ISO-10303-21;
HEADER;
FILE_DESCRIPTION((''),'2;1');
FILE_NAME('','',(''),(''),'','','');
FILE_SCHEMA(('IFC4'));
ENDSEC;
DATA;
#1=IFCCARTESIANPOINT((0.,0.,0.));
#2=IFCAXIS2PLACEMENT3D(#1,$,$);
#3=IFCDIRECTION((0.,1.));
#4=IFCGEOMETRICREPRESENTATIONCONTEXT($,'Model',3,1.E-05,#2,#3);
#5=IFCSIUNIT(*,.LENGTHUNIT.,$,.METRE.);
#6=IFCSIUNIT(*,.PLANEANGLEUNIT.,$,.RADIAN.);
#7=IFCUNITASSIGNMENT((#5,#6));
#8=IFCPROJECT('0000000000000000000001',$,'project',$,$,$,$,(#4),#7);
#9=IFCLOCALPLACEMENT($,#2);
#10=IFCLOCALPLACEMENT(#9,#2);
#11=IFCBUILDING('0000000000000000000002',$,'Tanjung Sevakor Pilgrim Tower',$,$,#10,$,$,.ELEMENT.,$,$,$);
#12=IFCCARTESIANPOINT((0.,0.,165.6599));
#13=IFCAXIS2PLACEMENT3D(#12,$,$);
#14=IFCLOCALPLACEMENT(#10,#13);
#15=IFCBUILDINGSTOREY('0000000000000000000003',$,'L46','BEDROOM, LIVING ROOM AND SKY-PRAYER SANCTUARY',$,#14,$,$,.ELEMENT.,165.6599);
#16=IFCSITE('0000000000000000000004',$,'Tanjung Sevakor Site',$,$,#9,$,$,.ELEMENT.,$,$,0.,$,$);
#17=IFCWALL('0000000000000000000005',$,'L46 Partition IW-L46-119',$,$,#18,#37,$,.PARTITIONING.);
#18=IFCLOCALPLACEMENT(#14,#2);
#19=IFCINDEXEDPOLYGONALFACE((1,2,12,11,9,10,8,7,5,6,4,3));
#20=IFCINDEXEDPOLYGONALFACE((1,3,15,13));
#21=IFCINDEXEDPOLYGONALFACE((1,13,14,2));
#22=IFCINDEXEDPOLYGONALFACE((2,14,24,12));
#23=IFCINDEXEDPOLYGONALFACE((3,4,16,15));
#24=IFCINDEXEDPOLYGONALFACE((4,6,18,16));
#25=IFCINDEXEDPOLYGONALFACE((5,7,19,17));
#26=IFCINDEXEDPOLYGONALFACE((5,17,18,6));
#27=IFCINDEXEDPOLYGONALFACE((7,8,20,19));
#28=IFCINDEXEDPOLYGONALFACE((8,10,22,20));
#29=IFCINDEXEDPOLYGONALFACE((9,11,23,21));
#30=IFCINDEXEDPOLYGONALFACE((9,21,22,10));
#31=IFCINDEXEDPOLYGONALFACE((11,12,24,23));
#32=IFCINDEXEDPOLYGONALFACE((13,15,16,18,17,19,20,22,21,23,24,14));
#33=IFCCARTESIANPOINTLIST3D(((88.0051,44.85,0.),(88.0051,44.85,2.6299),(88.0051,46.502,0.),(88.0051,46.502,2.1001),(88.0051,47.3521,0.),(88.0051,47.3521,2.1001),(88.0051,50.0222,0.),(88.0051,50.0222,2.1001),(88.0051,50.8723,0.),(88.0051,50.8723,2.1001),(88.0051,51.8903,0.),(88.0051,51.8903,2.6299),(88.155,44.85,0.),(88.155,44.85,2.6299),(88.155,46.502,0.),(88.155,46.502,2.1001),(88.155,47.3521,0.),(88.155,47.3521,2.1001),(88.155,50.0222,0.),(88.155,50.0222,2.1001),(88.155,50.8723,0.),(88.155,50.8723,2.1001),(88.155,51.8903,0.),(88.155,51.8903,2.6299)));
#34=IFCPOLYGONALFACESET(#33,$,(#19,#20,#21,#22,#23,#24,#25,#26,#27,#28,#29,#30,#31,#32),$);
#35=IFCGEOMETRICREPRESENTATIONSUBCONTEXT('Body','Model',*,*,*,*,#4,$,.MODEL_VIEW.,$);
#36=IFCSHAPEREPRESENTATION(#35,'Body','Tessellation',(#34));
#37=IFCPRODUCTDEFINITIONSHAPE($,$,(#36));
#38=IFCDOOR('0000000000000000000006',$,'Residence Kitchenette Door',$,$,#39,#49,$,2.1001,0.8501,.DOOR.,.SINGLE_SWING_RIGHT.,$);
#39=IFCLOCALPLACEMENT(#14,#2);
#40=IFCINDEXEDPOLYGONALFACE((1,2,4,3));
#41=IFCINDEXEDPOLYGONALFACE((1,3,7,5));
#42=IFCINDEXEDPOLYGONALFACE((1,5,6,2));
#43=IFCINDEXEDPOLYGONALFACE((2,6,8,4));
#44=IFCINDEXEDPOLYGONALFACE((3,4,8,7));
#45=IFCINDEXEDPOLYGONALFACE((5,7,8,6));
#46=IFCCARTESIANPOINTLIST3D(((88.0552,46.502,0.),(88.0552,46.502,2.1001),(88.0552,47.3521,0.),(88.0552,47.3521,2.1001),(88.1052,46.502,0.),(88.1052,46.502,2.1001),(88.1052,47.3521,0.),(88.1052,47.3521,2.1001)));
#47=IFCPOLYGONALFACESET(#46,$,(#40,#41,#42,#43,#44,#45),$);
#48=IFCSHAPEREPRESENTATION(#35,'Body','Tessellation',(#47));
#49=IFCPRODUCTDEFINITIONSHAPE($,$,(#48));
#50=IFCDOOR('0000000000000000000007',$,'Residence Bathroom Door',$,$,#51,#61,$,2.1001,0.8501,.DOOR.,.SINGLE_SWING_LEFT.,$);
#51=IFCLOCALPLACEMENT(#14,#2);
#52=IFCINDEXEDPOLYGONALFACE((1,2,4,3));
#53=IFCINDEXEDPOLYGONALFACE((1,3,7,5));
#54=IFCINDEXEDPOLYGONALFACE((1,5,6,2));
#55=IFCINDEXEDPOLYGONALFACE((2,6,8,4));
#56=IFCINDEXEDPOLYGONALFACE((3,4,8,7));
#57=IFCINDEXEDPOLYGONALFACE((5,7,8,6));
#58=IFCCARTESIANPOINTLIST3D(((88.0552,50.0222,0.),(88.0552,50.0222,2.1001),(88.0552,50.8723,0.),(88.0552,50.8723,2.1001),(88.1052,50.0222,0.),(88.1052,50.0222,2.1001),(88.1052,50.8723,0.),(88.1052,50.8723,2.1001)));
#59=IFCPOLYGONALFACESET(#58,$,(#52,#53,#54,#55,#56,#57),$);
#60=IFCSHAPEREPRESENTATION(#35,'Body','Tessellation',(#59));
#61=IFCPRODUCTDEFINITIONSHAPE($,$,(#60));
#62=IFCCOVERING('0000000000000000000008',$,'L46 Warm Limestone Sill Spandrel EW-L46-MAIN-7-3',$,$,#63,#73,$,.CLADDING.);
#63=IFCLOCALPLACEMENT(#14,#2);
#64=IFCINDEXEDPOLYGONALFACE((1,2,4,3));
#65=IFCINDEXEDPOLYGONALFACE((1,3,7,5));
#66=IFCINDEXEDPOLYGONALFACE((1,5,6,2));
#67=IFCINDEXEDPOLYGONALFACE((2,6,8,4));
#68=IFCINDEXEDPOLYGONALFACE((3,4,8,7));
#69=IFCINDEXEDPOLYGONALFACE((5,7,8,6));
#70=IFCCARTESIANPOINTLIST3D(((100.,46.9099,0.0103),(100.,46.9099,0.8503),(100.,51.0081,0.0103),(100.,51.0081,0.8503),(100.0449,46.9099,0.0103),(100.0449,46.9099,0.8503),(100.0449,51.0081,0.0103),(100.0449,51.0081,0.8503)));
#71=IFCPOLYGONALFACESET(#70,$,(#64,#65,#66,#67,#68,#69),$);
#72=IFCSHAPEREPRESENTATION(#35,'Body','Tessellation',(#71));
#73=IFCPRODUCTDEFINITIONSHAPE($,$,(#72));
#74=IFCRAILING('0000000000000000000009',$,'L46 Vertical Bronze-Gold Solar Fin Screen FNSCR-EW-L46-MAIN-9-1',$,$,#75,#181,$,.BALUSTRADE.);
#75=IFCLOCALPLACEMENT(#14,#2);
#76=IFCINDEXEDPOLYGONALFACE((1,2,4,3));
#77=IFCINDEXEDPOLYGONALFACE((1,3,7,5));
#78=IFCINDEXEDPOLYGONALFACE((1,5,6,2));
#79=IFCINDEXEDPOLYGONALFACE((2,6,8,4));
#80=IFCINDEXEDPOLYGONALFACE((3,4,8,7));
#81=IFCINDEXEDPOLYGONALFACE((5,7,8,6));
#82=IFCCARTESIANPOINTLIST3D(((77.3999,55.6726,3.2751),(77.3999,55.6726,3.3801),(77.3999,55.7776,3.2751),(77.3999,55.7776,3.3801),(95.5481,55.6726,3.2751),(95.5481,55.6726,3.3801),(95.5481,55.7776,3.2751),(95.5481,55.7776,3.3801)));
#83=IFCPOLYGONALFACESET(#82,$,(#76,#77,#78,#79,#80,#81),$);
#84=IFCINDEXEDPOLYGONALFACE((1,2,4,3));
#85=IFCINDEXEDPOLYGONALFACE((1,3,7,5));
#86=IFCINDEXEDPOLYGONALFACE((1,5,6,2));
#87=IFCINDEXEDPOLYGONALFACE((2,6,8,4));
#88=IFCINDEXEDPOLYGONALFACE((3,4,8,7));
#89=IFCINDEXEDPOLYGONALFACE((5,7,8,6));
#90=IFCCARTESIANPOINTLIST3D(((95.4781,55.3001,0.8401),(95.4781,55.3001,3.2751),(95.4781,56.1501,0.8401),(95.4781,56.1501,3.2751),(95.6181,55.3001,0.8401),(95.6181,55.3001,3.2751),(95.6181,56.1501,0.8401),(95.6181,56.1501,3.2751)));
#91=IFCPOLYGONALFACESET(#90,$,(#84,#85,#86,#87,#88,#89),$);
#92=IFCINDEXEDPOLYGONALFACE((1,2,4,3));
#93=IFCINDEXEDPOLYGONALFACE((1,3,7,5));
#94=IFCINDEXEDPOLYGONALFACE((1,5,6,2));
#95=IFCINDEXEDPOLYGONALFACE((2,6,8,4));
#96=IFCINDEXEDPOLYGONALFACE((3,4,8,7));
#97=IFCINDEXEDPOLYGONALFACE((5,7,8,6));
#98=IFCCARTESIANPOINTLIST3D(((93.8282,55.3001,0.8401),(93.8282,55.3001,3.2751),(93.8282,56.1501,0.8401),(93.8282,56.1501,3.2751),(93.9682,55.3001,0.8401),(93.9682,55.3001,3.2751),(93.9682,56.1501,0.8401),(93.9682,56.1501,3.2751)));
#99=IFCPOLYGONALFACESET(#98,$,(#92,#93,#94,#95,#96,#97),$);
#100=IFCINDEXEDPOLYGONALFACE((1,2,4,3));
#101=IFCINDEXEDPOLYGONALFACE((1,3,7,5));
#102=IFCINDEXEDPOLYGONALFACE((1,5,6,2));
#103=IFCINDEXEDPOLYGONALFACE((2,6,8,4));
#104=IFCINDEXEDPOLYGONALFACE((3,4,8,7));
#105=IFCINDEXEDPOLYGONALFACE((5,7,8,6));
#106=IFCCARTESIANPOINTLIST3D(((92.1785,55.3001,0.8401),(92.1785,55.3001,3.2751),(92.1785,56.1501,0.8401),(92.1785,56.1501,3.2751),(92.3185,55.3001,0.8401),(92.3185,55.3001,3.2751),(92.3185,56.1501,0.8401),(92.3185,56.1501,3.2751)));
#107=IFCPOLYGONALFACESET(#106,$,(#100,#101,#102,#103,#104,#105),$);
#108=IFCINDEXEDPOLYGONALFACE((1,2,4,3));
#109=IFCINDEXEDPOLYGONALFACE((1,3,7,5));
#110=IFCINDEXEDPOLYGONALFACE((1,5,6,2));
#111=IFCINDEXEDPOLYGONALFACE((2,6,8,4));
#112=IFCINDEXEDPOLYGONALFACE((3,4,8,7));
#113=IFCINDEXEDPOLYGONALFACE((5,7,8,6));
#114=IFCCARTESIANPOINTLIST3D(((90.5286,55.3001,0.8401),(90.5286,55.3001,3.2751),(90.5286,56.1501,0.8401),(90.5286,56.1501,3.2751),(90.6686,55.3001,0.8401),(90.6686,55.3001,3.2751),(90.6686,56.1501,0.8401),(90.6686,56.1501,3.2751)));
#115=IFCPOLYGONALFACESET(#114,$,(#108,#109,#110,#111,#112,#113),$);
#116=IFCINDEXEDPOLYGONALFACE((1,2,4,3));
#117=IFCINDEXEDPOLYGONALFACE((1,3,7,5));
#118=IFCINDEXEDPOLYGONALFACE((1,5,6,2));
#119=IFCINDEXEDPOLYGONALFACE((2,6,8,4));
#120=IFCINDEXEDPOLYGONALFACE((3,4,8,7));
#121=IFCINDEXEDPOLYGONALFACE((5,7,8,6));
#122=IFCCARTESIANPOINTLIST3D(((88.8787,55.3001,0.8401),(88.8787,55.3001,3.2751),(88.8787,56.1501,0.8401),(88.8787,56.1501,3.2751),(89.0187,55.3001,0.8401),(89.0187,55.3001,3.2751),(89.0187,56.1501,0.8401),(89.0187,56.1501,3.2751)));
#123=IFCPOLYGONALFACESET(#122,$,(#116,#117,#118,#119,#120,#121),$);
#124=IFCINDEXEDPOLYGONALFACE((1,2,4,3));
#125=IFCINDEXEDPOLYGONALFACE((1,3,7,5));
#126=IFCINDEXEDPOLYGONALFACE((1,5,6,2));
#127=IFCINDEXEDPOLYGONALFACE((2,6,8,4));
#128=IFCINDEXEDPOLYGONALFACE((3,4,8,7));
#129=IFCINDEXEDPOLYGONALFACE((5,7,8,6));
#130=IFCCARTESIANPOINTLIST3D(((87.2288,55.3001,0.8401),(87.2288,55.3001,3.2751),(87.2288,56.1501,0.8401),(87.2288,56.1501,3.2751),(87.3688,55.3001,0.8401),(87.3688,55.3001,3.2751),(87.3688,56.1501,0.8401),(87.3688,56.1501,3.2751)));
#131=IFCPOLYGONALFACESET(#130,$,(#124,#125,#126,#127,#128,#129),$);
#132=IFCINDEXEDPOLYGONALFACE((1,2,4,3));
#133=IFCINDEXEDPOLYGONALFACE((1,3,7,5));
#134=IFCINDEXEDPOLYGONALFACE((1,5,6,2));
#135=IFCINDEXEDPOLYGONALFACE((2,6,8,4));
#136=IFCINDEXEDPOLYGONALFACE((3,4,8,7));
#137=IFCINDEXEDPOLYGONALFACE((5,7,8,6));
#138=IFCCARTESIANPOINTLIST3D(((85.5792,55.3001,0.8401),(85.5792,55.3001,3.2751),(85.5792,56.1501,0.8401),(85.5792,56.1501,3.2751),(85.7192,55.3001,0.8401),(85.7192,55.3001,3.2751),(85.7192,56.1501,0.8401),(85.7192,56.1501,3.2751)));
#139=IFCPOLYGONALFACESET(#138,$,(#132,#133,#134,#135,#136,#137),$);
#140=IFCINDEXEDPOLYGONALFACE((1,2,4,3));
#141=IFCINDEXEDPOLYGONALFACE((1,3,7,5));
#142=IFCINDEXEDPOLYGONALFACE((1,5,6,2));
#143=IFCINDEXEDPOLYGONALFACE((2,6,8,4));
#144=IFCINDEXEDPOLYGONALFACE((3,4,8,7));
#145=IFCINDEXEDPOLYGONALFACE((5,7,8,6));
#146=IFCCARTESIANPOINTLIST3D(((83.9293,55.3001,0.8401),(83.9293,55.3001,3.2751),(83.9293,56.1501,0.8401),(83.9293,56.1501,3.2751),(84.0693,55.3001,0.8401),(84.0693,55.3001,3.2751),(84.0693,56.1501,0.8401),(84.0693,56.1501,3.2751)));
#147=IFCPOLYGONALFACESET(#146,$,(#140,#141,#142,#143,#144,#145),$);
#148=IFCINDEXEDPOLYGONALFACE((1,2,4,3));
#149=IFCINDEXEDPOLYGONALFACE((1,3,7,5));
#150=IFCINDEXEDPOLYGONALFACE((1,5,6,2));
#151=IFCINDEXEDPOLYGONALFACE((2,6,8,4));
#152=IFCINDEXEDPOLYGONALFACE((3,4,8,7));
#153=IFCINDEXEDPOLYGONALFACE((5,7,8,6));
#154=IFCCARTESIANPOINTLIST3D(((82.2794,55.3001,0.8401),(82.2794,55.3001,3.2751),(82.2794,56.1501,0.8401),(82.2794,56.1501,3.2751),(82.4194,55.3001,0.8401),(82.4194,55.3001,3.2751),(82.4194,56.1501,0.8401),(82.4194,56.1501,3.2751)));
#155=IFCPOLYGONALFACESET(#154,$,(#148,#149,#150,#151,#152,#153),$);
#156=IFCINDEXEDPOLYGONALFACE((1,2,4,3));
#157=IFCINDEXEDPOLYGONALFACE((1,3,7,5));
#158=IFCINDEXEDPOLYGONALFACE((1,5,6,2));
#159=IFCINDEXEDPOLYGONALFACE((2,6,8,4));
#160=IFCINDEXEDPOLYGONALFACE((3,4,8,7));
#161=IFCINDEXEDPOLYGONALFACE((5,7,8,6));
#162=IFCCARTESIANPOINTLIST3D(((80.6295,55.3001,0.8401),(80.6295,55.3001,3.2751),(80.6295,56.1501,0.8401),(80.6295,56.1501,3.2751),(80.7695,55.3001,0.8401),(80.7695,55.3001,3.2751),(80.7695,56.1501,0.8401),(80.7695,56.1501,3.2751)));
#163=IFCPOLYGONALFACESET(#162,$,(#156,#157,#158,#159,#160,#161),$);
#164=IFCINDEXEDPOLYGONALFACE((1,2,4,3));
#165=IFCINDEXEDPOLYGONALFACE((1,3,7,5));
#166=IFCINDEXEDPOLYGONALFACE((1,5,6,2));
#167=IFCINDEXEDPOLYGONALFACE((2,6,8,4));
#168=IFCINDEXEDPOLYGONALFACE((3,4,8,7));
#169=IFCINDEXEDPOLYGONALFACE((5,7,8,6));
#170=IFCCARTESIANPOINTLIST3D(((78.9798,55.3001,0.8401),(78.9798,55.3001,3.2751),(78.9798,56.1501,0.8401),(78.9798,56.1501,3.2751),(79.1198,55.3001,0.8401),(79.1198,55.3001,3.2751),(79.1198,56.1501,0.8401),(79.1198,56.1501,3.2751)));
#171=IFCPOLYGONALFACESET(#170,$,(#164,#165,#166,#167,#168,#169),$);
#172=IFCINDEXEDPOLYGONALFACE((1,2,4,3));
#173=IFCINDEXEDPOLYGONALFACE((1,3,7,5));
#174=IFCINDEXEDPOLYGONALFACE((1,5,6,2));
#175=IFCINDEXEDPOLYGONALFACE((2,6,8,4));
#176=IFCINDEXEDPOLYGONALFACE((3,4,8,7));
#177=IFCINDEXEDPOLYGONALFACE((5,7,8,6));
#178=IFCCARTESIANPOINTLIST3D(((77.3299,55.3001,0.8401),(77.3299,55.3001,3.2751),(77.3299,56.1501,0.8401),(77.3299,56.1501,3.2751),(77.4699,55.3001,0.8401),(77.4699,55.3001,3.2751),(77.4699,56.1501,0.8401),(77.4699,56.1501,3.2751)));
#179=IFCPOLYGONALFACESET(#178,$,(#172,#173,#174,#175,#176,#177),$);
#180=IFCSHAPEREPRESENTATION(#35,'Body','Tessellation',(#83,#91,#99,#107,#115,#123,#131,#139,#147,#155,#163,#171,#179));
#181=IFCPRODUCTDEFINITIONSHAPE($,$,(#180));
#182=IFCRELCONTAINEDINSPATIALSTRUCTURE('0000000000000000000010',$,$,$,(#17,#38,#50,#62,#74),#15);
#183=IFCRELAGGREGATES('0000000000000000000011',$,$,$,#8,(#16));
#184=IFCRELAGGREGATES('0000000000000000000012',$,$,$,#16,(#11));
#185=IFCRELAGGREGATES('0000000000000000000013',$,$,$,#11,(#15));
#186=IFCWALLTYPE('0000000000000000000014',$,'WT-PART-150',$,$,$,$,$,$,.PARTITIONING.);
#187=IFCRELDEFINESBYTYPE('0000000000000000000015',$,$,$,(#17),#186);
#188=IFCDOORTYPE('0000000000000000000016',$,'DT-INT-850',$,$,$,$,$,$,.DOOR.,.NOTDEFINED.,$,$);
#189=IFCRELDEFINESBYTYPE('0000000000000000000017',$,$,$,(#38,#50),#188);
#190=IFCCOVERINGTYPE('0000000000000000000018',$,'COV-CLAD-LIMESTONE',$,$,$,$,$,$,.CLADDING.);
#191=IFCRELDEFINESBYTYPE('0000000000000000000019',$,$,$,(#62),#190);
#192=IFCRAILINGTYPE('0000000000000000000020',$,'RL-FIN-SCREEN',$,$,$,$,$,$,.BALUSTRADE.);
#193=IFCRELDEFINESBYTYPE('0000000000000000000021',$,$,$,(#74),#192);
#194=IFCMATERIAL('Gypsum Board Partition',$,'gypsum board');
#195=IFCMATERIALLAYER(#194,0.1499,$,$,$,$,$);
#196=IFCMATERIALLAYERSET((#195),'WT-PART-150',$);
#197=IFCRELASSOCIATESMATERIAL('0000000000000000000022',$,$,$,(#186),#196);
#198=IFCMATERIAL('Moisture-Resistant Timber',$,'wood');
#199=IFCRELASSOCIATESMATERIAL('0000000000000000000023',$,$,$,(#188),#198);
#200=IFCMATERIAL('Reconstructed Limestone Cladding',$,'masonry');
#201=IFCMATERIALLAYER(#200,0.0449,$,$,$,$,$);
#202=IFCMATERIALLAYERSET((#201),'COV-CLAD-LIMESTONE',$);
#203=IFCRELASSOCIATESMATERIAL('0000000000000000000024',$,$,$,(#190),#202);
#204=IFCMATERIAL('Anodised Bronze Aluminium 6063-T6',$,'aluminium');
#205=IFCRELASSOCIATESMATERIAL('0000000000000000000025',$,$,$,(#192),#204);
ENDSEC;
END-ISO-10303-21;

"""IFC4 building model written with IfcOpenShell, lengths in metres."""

from ifc_helpers import new_model, si_unit, direction, frame, frame_2d, origin, origin_2d, place, context, subcontext, project, spatial, rectangle, extrude, material, layer, layer_set, type_object, element, fill, save


model = new_model("IFC4")

# Units and contexts
model_context = context("Model", 3, precision=1e-05, world=origin(), true_north=direction((0.0, 1.0)))
body_context = subcontext(model_context, "Body", "Model", "MODEL_VIEW")
ifc_project = project(units=[si_unit("LENGTHUNIT", "METRE"), si_unit("PLANEANGLEUNIT", "RADIAN")], contexts=[model_context])

# Site, building, storey
site_placement = place(None, origin())
site = spatial("IfcSite", under=ifc_project, at=site_placement, Name="Tanjung Sevakor Site", CompositionType="ELEMENT", RefElevation=0.0)
building_placement = place(site_placement, origin())
building = spatial("IfcBuilding", under=site, at=building_placement, Name="Tanjung Sevakor Pilgrim Tower", CompositionType="ELEMENT")
storey_placement = place(building_placement, frame((0.0, 0.0, 165.6599)))
storey = spatial("IfcBuildingStorey", under=building, at=storey_placement, Name="L46", Description="BEDROOM, LIVING ROOM AND SKY-PRAYER SANCTUARY", CompositionType="ELEMENT", Elevation=165.6599)

# Wall, openings, doors
ifc_material_1 = material(Name="Gypsum Board Partition", Category="gypsum board")
ifc_layer_1 = layer(ifc_material_1, 0.1499)
ifc_layer_set_1 = layer_set([ifc_layer_1], Name="WT-PART-150")
wall_type_1 = type_object("IfcWallType", Name="WT-PART-150", PredefinedType="PARTITIONING", material=ifc_layer_set_1)
wall_1_placement = place(storey_placement, frame((88.0801, 44.8501, 0.0), z_axis=(0.0, 0.0, 1.0), x_axis=(0.0, 1.0, 0.0)))
wall_1 = element("IfcWall", 1, at=wall_1_placement, inside=storey, type_object=wall_type_1, Name="L46 Partition IW-L46-119", PredefinedType="PARTITIONING", context=body_context, shape_type="SweptSolid", body=[
    extrude(rectangle(XDim=7.0403, YDim=0.1499, at=frame_2d((3.52, 0.0))), origin(), (0.0, 0.0, 1.0), 2.6299),
])
opening_1_placement = place(wall_1_placement, frame((1.6519, 0.0, 0.0)))
opening_1 = element("IfcOpeningElement", 2, at=opening_1_placement, cuts=wall_1, PredefinedType="OPENING", context=body_context, shape_type="SweptSolid", body=[
    extrude(rectangle(XDim=0.8501, YDim=2.1001, at=frame_2d((0.425, 1.05))), frame((0.0, 0.085, 0.0), z_axis=(0.0, -1.0, 0.0), x_axis=(1.0, 0.0, 0.0)), (0.0, 0.0, 1.0), 0.1699),
])
opening_2_placement = place(wall_1_placement, frame((5.1721, 0.0, 0.0)))
opening_2 = element("IfcOpeningElement", 3, at=opening_2_placement, cuts=wall_1, PredefinedType="OPENING", context=body_context, shape_type="SweptSolid", body=[
    extrude(rectangle(XDim=0.8501, YDim=2.1001, at=frame_2d((0.425, 1.05))), frame((0.0, 0.085, 0.0), z_axis=(0.0, -1.0, 0.0), x_axis=(1.0, 0.0, 0.0)), (0.0, 0.0, 1.0), 0.1699),
])
ifc_material_2 = material(Name="Moisture-Resistant Timber", Category="wood")
door_type_1 = type_object("IfcDoorType", Name="DT-INT-850", OperationType="NOTDEFINED", PredefinedType="DOOR", material=ifc_material_2)
door_1_placement = place(opening_1_placement, origin())
door_1 = element("IfcDoor", 4, at=door_1_placement, inside=storey, type_object=door_type_1, Name="Residence Kitchenette Door", OperationType="SINGLE_SWING_RIGHT", OverallHeight=2.1001, OverallWidth=0.8501, PredefinedType="DOOR", context=body_context, shape_type="SweptSolid", body=[
    extrude(rectangle(XDim=0.8501, YDim=2.1001, at=frame_2d((0.425, 1.05))), frame((0.0, 0.0249, 0.0), z_axis=(0.0, -1.0, 0.0), x_axis=(1.0, 0.0, 0.0)), (0.0, 0.0, 1.0), 0.05),
])
fill(opening_1, door_1)
door_2_placement = place(opening_2_placement, origin())
door_2 = element("IfcDoor", 5, at=door_2_placement, inside=storey, type_object=door_type_1, Name="Residence Bathroom Door", OperationType="SINGLE_SWING_LEFT", OverallHeight=2.1001, OverallWidth=0.8501, PredefinedType="DOOR", context=body_context, shape_type="SweptSolid", body=[
    extrude(rectangle(XDim=0.8501, YDim=2.1001, at=frame_2d((0.425, 1.05))), frame((0.0, 0.0249, 0.0), z_axis=(0.0, -1.0, 0.0), x_axis=(1.0, 0.0, 0.0)), (0.0, 0.0, 1.0), 0.05),
])
fill(opening_2, door_2)

# Covering
ifc_material_3 = material(Name="Reconstructed Limestone Cladding", Category="masonry")
ifc_layer_2 = layer(ifc_material_3, 0.0449)
ifc_layer_set_2 = layer_set([ifc_layer_2], Name="COV-CLAD-LIMESTONE")
covering_type = type_object("IfcCoveringType", Name="COV-CLAD-LIMESTONE", PredefinedType="CLADDING", material=ifc_layer_set_2)
covering_placement = place(storey_placement, frame((100.0225, 48.959, 0.0103), z_axis=(0.0, 0.0, 1.0), x_axis=(0.0, 1.0, 0.0)))
element("IfcCovering", 6, at=covering_placement, inside=storey, type_object=covering_type, Name="L46 Warm Limestone Sill Spandrel EW-L46-MAIN-7-3", PredefinedType="CLADDING", context=body_context, shape_type="SweptSolid", body=[
    extrude(rectangle(XDim=4.0981, YDim=0.0449, at=origin_2d()), origin(), (0.0, 0.0, 1.0), 0.8401),
])

# Railing
ifc_material_4 = material(Name="Anodised Bronze Aluminium 6063-T6", Category="aluminium")
railing_type = type_object("IfcRailingType", Name="RL-FIN-SCREEN", PredefinedType="BALUSTRADE", material=ifc_material_4)
railing_placement = place(storey_placement, frame((95.5481, 55.7251, 0.8401)))
element("IfcRailing", 7, at=railing_placement, inside=storey, type_object=railing_type, Name="L46 Vertical Bronze-Gold Solar Fin Screen FNSCR-EW-L46-MAIN-9-1", PredefinedType="BALUSTRADE", context=body_context, shape_type="SweptSolid", body=[
    extrude(rectangle(XDim=0.105, YDim=0.105), frame((0.0, 0.0, 2.4875), z_axis=(-1.0, 0.0, 0.0), x_axis=(0.0, -1.0, 0.0)), (0.0, 0.0, 1.0), 18.1482),
    extrude(rectangle(XDim=0.14, YDim=0.85), origin(), (0.0, 0.0, 1.0), 2.4351),
    extrude(rectangle(XDim=0.14, YDim=0.85), frame((-1.6499, 0.0, 0.0)), (0.0, 0.0, 1.0), 2.4351),
    extrude(rectangle(XDim=0.14, YDim=0.85), frame((-3.2996, 0.0, 0.0)), (0.0, 0.0, 1.0), 2.4351),
    extrude(rectangle(XDim=0.14, YDim=0.85), frame((-4.9495, 0.0, 0.0)), (0.0, 0.0, 1.0), 2.4351),
    extrude(rectangle(XDim=0.14, YDim=0.85), frame((-6.5994, 0.0, 0.0)), (0.0, 0.0, 1.0), 2.4351),
    extrude(rectangle(XDim=0.14, YDim=0.85), frame((-8.2493, 0.0, 0.0)), (0.0, 0.0, 1.0), 2.4351),
    extrude(rectangle(XDim=0.14, YDim=0.85), frame((-9.8989, 0.0, 0.0)), (0.0, 0.0, 1.0), 2.4351),
    extrude(rectangle(XDim=0.14, YDim=0.85), frame((-11.5488, 0.0, 0.0)), (0.0, 0.0, 1.0), 2.4351),
    extrude(rectangle(XDim=0.14, YDim=0.85), frame((-13.1987, 0.0, 0.0)), (0.0, 0.0, 1.0), 2.4351),
    extrude(rectangle(XDim=0.14, YDim=0.85), frame((-14.8486, 0.0, 0.0)), (0.0, 0.0, 1.0), 2.4351),
    extrude(rectangle(XDim=0.14, YDim=0.85), frame((-16.4983, 0.0, 0.0)), (0.0, 0.0, 1.0), 2.4351),
    extrude(rectangle(XDim=0.14, YDim=0.85), frame((-18.1482, 0.0, 0.0)), (0.0, 0.0, 1.0), 2.4351),
])

save(model, "model.ifc")
